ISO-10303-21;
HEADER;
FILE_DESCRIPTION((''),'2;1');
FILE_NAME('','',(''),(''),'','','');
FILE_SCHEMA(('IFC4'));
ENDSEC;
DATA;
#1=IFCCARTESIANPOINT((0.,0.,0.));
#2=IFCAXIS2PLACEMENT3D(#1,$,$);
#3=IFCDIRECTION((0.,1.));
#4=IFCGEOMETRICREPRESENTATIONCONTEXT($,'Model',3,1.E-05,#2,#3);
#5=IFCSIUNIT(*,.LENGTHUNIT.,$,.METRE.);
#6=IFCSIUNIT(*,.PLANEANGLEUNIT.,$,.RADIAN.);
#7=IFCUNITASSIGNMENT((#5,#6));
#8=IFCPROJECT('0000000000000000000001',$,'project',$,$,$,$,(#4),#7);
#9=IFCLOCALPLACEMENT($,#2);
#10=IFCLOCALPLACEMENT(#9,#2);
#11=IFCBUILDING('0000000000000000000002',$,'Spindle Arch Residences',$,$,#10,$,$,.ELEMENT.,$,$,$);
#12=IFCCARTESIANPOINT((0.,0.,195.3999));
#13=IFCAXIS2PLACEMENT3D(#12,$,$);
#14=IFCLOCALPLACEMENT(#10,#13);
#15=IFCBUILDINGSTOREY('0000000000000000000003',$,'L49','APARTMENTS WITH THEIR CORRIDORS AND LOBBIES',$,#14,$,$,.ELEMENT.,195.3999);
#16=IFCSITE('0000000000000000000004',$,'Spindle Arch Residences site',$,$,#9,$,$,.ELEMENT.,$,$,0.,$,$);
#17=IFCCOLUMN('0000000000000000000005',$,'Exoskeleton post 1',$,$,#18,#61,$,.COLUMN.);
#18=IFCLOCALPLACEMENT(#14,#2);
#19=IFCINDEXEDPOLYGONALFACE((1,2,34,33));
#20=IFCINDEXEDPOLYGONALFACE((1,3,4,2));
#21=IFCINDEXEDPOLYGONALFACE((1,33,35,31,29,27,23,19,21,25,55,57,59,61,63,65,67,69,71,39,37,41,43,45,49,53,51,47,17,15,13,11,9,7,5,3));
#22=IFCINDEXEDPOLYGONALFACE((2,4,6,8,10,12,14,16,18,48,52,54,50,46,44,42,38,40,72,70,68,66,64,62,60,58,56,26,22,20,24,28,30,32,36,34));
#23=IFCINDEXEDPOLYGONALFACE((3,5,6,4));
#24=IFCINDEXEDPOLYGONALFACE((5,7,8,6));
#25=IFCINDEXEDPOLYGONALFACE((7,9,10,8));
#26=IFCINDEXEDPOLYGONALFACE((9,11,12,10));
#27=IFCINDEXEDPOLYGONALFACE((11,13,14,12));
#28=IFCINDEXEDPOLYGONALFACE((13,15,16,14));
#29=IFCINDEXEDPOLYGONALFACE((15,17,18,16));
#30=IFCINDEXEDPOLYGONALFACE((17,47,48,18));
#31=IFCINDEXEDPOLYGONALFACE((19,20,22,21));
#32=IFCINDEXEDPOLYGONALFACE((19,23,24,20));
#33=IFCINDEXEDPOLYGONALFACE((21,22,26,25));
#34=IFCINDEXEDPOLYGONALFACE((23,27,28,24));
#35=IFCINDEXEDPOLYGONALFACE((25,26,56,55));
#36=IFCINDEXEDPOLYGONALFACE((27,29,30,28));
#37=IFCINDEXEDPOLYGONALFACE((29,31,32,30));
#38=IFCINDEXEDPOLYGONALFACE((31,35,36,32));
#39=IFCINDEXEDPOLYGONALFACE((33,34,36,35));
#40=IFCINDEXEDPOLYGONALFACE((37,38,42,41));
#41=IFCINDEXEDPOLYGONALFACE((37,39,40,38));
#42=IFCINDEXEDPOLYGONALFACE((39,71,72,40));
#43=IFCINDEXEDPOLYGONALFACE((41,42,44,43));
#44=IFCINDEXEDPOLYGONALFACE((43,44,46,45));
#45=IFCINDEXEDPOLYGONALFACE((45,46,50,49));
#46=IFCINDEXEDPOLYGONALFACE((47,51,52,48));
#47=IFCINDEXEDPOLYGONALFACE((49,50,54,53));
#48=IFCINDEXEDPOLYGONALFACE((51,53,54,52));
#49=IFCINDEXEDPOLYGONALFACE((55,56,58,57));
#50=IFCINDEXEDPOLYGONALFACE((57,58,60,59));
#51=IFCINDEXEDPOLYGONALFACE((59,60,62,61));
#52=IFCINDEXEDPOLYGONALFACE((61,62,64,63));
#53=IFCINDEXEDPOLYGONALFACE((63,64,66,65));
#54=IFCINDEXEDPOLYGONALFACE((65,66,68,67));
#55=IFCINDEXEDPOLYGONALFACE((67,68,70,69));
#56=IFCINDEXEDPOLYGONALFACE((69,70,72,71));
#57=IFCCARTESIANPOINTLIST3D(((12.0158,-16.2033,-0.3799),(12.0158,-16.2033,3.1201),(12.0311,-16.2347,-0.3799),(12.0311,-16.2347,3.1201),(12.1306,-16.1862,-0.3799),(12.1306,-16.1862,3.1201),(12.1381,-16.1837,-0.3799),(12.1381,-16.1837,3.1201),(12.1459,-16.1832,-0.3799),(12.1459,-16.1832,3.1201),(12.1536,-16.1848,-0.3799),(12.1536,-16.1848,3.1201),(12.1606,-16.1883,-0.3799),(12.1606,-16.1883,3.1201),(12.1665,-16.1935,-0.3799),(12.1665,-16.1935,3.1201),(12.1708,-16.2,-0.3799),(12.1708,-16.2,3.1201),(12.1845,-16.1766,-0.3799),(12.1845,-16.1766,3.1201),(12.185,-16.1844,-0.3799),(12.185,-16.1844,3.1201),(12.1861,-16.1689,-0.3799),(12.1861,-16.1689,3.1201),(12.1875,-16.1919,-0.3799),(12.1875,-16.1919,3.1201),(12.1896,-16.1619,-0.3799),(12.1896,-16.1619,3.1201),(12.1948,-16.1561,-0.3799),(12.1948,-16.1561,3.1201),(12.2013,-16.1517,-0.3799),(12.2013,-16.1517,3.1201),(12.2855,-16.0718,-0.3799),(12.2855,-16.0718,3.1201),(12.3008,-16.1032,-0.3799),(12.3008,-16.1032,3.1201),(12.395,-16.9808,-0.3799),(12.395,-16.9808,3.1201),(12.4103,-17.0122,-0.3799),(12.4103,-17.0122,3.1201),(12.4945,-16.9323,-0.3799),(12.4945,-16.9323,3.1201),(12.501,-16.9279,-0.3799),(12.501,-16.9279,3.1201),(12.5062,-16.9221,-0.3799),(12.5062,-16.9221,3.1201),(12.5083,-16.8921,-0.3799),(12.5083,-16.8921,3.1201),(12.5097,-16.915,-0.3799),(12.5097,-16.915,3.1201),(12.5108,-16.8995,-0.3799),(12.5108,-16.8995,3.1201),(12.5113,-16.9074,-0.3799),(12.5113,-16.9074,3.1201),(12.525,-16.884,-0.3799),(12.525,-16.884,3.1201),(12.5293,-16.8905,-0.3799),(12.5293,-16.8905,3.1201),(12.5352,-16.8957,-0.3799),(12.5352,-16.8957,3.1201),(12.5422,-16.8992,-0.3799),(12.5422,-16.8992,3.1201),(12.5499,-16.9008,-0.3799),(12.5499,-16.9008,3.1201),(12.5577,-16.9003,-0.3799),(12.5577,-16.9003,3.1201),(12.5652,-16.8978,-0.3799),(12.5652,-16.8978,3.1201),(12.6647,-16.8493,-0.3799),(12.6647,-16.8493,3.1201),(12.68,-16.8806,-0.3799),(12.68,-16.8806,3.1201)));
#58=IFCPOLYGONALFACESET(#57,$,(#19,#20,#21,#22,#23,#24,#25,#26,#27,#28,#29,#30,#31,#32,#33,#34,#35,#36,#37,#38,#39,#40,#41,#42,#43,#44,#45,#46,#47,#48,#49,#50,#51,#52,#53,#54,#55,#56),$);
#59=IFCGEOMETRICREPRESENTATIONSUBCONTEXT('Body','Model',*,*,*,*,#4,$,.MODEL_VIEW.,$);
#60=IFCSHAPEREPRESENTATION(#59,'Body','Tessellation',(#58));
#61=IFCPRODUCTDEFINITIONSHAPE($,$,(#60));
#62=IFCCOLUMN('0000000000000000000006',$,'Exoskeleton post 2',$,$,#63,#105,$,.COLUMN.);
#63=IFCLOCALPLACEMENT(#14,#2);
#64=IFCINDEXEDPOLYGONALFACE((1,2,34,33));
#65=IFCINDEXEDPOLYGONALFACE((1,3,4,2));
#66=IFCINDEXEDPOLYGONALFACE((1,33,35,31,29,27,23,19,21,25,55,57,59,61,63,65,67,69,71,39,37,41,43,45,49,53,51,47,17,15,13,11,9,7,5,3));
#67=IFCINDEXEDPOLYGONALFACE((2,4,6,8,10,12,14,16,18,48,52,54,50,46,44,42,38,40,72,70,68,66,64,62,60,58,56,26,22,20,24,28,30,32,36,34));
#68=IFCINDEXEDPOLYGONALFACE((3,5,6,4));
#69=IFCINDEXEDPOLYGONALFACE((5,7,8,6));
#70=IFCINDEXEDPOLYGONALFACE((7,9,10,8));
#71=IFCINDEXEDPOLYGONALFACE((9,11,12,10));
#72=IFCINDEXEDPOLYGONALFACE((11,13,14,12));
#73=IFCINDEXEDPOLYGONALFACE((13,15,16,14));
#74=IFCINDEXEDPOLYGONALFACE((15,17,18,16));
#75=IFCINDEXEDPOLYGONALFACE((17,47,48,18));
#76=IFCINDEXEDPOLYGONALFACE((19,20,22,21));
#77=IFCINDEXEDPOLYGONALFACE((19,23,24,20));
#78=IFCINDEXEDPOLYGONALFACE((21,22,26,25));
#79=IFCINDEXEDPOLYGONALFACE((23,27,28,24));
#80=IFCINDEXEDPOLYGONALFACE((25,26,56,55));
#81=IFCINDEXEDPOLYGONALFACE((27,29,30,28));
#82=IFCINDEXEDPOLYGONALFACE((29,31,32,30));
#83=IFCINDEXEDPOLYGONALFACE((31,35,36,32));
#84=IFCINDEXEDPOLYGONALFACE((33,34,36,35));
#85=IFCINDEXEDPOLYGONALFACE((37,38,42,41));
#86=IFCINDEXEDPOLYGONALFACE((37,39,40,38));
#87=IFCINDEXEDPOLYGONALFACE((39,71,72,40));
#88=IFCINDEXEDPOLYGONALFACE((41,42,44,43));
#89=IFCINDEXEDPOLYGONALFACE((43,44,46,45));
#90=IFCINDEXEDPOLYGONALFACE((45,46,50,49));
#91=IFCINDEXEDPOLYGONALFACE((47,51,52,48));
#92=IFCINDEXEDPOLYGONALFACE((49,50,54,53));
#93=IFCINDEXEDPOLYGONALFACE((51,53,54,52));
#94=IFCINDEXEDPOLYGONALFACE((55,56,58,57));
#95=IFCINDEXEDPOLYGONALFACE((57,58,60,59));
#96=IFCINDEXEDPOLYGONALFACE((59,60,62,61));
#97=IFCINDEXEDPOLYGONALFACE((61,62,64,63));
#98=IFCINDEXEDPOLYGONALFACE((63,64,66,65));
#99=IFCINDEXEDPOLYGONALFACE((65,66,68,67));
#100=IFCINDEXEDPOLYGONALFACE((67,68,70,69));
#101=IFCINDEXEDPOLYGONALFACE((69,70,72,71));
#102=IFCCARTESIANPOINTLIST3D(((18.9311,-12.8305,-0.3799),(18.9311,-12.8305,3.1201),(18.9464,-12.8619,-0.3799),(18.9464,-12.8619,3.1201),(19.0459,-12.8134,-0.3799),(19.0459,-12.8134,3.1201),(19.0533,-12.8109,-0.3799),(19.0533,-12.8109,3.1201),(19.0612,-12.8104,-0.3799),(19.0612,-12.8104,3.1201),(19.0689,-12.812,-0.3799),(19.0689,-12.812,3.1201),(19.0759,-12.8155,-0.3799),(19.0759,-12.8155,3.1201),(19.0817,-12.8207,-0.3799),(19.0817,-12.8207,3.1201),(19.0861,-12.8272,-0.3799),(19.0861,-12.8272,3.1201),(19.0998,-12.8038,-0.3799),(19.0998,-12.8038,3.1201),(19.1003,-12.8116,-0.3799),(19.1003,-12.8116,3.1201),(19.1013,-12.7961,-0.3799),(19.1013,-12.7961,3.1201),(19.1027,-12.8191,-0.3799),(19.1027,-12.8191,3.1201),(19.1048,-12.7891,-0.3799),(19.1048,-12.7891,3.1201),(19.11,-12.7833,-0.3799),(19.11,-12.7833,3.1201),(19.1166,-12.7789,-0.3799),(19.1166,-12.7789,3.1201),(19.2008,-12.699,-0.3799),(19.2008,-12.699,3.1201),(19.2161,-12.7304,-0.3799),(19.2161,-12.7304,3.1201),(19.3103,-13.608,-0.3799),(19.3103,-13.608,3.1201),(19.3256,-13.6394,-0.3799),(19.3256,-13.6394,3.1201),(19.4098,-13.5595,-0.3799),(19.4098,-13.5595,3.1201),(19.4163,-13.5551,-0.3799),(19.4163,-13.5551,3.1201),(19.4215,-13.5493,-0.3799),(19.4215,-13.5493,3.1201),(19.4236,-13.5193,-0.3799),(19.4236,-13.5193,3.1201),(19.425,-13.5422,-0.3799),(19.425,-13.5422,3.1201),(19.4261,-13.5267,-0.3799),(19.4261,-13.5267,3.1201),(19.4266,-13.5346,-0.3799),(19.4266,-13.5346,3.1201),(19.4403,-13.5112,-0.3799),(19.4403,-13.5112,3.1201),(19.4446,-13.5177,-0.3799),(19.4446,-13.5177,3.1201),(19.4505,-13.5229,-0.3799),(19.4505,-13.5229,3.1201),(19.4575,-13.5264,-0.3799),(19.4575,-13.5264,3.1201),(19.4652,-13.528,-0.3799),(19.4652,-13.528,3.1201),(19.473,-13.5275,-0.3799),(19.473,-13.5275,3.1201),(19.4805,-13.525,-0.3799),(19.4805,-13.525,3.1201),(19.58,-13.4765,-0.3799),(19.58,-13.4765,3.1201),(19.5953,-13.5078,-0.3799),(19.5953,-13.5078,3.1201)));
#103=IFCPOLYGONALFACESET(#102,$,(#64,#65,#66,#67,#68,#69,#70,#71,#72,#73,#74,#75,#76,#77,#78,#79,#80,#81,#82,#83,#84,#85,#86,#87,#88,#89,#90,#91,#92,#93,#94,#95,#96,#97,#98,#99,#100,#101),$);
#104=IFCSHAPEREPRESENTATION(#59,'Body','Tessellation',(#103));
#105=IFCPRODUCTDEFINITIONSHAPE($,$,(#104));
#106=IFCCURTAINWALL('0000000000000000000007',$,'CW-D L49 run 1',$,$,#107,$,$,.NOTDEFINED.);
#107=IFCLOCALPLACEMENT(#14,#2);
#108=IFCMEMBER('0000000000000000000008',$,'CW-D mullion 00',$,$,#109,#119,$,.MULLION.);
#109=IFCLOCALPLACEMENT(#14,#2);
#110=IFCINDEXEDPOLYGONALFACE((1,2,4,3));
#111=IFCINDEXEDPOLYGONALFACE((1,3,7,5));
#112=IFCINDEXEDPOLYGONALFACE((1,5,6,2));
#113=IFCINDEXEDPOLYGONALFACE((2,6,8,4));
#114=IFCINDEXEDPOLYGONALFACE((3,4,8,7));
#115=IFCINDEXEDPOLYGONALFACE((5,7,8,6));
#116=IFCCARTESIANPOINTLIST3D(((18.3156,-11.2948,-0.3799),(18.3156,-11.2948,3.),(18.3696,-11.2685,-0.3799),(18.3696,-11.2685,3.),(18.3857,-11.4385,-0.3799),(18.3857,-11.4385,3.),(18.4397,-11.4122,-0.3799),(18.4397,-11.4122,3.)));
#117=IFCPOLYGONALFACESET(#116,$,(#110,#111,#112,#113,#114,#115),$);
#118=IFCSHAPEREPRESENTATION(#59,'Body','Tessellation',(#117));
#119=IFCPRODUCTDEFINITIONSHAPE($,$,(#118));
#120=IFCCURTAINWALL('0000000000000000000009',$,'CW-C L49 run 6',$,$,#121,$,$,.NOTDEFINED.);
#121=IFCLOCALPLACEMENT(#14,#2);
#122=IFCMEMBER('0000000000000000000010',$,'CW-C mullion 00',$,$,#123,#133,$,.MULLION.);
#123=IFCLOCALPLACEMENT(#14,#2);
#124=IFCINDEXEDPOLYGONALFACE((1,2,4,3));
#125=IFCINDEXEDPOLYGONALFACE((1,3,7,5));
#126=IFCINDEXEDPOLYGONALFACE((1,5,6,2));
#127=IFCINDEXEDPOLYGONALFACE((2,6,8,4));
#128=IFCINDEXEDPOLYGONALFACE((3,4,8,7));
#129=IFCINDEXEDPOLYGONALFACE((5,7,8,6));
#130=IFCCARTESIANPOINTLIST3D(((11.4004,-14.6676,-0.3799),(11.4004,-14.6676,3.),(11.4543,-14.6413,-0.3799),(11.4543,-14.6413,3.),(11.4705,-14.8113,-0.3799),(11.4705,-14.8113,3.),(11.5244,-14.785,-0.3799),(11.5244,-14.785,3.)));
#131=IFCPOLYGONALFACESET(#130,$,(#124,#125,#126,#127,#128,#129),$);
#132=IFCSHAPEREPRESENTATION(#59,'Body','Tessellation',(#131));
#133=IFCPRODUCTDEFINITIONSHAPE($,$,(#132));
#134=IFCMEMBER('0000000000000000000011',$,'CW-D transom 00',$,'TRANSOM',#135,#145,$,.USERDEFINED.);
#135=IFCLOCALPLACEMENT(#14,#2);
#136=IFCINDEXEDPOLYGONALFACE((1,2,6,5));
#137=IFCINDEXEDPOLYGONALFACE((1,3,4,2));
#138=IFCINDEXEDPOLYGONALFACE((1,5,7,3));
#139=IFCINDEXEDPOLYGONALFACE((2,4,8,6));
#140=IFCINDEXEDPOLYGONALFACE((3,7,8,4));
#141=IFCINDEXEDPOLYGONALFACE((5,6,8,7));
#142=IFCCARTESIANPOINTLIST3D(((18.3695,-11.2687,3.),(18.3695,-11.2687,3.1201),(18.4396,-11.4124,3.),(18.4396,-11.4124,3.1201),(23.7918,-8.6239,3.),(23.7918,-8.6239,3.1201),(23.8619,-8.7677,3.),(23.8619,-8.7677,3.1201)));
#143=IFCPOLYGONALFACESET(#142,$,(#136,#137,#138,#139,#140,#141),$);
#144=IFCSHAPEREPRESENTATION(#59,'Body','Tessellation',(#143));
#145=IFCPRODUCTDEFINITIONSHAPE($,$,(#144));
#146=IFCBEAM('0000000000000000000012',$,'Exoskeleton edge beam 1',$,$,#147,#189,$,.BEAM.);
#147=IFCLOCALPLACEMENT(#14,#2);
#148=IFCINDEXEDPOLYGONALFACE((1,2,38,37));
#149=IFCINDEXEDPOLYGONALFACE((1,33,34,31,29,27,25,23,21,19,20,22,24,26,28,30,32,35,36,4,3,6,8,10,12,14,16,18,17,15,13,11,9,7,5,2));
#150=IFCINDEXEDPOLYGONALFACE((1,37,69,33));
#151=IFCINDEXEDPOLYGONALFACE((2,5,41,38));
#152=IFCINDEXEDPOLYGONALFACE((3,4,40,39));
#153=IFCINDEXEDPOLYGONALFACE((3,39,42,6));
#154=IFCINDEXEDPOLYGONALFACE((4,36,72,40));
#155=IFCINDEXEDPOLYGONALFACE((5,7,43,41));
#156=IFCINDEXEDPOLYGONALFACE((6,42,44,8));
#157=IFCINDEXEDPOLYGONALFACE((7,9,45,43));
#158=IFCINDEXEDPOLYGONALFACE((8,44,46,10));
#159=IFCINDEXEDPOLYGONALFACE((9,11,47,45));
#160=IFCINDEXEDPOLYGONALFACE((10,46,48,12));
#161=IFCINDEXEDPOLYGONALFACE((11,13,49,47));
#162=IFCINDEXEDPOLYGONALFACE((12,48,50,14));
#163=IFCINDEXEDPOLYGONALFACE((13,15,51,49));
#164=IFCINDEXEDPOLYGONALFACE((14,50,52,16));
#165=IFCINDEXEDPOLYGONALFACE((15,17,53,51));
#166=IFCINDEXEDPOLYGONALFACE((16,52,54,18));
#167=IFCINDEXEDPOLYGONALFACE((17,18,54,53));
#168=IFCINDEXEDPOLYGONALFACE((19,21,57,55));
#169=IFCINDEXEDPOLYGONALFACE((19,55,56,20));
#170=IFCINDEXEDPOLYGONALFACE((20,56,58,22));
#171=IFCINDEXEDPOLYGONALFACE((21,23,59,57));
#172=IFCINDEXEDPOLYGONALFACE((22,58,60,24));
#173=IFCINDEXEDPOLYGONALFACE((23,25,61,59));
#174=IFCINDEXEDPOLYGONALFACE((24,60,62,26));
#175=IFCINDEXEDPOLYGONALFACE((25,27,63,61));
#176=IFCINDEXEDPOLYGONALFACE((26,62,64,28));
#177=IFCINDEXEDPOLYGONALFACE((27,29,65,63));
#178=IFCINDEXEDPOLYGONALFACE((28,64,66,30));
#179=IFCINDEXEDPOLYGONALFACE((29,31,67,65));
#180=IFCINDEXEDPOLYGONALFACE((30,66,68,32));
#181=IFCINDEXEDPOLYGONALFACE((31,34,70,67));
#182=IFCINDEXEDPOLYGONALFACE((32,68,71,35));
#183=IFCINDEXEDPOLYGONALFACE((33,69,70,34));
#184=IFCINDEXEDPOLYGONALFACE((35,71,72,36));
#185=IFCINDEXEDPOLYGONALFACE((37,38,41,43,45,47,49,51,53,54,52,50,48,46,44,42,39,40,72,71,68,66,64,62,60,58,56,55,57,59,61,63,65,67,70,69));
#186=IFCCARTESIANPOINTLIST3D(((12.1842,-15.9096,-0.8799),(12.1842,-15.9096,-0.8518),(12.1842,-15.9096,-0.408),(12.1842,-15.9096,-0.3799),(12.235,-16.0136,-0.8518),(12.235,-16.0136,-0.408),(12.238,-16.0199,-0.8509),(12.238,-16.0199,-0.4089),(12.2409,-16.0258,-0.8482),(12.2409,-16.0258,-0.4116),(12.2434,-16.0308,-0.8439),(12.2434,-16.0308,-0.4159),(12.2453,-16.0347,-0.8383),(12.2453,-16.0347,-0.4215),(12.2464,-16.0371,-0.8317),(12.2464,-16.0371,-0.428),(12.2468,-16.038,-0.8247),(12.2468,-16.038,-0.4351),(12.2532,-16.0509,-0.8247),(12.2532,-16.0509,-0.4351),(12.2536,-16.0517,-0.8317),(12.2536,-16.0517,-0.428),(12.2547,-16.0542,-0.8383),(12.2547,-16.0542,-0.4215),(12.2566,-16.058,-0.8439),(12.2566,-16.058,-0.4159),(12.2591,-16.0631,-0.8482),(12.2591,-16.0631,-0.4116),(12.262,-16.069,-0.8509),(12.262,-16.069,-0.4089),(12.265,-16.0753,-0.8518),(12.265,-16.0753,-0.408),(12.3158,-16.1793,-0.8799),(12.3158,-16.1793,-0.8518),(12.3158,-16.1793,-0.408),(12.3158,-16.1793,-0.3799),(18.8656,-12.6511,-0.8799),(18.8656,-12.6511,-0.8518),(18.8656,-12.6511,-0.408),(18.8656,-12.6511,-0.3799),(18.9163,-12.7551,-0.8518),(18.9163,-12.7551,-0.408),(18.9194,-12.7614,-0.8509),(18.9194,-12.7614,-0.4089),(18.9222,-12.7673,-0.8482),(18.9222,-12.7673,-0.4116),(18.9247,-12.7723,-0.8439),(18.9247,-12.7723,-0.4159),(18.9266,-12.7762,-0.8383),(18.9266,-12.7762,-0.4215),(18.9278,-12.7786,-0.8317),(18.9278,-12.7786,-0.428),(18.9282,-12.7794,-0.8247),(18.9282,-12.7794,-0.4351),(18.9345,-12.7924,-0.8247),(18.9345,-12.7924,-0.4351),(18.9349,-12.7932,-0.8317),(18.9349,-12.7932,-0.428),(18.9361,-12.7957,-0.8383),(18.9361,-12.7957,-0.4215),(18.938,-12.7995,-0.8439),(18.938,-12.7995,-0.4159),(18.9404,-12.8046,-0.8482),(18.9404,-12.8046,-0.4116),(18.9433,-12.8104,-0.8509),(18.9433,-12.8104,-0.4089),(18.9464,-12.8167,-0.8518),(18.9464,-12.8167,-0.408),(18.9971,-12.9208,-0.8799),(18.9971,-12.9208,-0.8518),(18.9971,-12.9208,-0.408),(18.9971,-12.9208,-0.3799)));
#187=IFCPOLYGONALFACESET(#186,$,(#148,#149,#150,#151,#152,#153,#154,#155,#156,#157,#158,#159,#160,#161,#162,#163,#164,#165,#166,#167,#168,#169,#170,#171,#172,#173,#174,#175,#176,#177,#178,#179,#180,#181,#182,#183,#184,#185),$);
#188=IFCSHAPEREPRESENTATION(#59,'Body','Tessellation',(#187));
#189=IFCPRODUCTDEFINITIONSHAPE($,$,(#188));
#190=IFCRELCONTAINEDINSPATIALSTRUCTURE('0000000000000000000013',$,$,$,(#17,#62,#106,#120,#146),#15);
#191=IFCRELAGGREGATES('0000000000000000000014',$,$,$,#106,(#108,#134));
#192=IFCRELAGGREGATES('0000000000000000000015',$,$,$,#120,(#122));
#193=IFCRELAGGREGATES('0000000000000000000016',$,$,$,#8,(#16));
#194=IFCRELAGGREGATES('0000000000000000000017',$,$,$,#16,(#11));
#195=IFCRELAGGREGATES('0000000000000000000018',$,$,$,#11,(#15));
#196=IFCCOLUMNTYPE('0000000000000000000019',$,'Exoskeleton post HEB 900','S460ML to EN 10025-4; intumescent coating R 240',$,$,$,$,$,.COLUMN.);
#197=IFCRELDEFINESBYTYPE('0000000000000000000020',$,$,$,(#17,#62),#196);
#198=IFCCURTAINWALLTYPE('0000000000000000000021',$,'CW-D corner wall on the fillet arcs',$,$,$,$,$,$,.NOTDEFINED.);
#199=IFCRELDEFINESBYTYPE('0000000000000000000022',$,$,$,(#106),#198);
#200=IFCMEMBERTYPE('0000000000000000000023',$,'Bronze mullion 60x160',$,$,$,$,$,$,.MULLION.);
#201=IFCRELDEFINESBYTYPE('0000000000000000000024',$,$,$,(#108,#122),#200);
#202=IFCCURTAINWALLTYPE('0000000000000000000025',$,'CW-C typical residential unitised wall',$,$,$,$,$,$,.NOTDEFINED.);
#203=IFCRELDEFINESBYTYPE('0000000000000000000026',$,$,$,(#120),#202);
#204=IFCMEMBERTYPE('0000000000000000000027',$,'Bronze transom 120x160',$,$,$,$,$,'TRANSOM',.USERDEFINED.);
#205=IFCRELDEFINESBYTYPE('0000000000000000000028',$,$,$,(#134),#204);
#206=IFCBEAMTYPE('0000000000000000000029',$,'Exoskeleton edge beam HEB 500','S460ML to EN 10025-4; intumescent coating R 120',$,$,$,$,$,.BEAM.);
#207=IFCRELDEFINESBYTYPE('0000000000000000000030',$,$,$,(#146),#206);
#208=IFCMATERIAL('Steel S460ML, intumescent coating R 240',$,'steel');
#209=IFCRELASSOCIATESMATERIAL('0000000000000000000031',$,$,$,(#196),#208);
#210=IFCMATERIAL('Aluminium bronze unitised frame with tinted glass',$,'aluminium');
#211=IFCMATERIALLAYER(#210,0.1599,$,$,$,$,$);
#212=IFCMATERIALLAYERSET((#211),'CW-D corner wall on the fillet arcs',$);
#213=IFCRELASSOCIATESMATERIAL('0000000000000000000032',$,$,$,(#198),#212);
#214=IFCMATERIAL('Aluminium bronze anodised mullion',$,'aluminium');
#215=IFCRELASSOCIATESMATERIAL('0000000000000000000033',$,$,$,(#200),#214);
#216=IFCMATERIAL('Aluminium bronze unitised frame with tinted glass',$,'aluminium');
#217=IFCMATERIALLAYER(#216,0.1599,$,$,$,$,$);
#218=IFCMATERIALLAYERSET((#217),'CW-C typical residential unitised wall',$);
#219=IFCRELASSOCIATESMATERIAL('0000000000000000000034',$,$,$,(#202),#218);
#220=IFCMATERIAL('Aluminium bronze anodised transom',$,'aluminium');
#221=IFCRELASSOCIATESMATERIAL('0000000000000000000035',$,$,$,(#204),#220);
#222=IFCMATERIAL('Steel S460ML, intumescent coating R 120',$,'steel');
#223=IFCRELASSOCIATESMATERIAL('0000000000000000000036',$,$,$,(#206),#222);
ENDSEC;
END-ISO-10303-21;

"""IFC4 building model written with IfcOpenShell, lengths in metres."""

from ifc_helpers import new_model, si_unit, direction, frame, origin, origin_2d, place, context, subcontext, project, spatial, rectangle, i_section, extrude, material, layer, layer_set, material_profile, profile_set, type_object, element, aggregate, save


model = new_model("IFC4")

# Units and contexts
model_context = context("Model", 3, precision=1e-05, world=origin(), true_north=direction((0.0, 1.0)))
body_context = subcontext(model_context, "Body", "Model", "MODEL_VIEW")
ifc_project = project(units=[si_unit("LENGTHUNIT", "METRE"), si_unit("PLANEANGLEUNIT", "RADIAN")], contexts=[model_context])

# Site, building, storey
site_placement = place(None, origin())
site = spatial("IfcSite", under=ifc_project, at=site_placement, Name="Spindle Arch Residences site", CompositionType="ELEMENT", RefElevation=0.0)
building_placement = place(site_placement, origin())
building = spatial("IfcBuilding", under=site, at=building_placement, Name="Spindle Arch Residences", CompositionType="ELEMENT")
storey_placement = place(building_placement, frame((0.0, 0.0, 195.3999)))
storey = spatial("IfcBuildingStorey", under=building, at=storey_placement, Name="L49", Description="APARTMENTS WITH THEIR CORRIDORS AND LOBBIES", CompositionType="ELEMENT", Elevation=195.3999)

# Columns
ifc_material_1 = material(Name="Steel S460ML, intumescent coating R 240", Category="steel")
ifc_material_profile_1 = material_profile(ifc_material_1, i_section(OverallWidth=0.3, OverallDepth=0.8999, WebThickness=0.0186, FlangeThickness=0.0349, FilletRadius=0.03, at=origin_2d()), Name="HEB 900")
ifc_profile_set_1 = profile_set([ifc_material_profile_1], Name="Steel S460ML, intumescent coating R 240")
column_type = type_object("IfcColumnType", Name="Exoskeleton post HEB 900", Description="S460ML to EN 10025-4; intumescent coating R 240", PredefinedType="COLUMN", material=ifc_profile_set_1)
for number, where, z_axis, x_axis, name in (
    (1, (12.3479, -16.542, -0.3799), (0.0, 0.0, 1.0), (-0.898794, -0.438371, 0.0), "Exoskeleton post 1"),
    (2, (19.2632, -13.1692, -0.3799), (0.0, 0.0, 1.0), (-0.898794, -0.438371, 0.0), "Exoskeleton post 2"),
):
    element("IfcColumn", number, at=place(storey_placement, frame(where, z_axis=z_axis, x_axis=x_axis)), inside=storey, type_object=column_type, Name=name, PredefinedType="COLUMN", context=body_context, shape_type="SweptSolid", body=[
        extrude(i_section(OverallWidth=0.3, OverallDepth=0.8999, WebThickness=0.0186, FlangeThickness=0.0349, FilletRadius=0.03, at=origin_2d()), origin(), (0.0, 0.0, 1.0), 3.5),
    ])

# Curtain walls, members
ifc_material_2 = material(Name="Aluminium bronze unitised frame with tinted glass", Category="aluminium")
ifc_layer_1 = layer(ifc_material_2, 0.1599)
ifc_layer_set_1 = layer_set([ifc_layer_1], Name="CW-D corner wall on the fillet arcs")
curtain_wall_type_1 = type_object("IfcCurtainWallType", Name="CW-D corner wall on the fillet arcs", PredefinedType="NOTDEFINED", material=ifc_layer_set_1)
curtain_wall_1_placement = place(storey_placement, origin())
curtain_wall_1 = element("IfcCurtainWall", 3, at=curtain_wall_1_placement, inside=storey, type_object=curtain_wall_type_1, Name="CW-D L49 run 1", PredefinedType="NOTDEFINED")
ifc_material_3 = material(Name="Aluminium bronze anodised mullion", Category="aluminium")
ifc_material_profile_2 = material_profile(ifc_material_3, rectangle(XDim=0.1599, YDim=0.0601, at=origin_2d()), Name="MU 60x160")
ifc_profile_set_2 = profile_set([ifc_material_profile_2], Name="Aluminium bronze anodised mullion")
member_type_1 = type_object("IfcMemberType", Name="Bronze mullion 60x160", PredefinedType="MULLION", material=ifc_profile_set_2)
member_1_placement = place(storey_placement, frame((18.3777, -11.3535, -0.3799), z_axis=(0.0, 0.0, 1.0), x_axis=(-0.438371, 0.898794, 0.0)))
member_1 = element("IfcMember", 4, at=member_1_placement, type_object=member_type_1, Name="CW-D mullion 00", PredefinedType="MULLION", context=body_context, shape_type="SweptSolid", body=[
    extrude(rectangle(XDim=0.1599, YDim=0.0601, at=origin_2d()), origin(), (0.0, 0.0, 1.0), 3.3799),
])
ifc_material_4 = material(Name="Aluminium bronze unitised frame with tinted glass", Category="aluminium")
ifc_layer_2 = layer(ifc_material_4, 0.1599)
ifc_layer_set_2 = layer_set([ifc_layer_2], Name="CW-C typical residential unitised wall")
curtain_wall_type_2 = type_object("IfcCurtainWallType", Name="CW-C typical residential unitised wall", PredefinedType="NOTDEFINED", material=ifc_layer_set_2)
curtain_wall_2_placement = place(storey_placement, origin())
curtain_wall_2 = element("IfcCurtainWall", 5, at=curtain_wall_2_placement, inside=storey, type_object=curtain_wall_type_2, Name="CW-C L49 run 6", PredefinedType="NOTDEFINED")
member_2_placement = place(storey_placement, frame((11.4624, -14.7263, -0.3799), z_axis=(0.0, 0.0, 1.0), x_axis=(-0.438371, 0.898794, 0.0)))
member_2 = element("IfcMember", 6, at=member_2_placement, type_object=member_type_1, Name="CW-C mullion 00", PredefinedType="MULLION", context=body_context, shape_type="SweptSolid", body=[
    extrude(rectangle(XDim=0.1599, YDim=0.0601, at=origin_2d()), origin(), (0.0, 0.0, 1.0), 3.3799),
])

# Member
ifc_material_5 = material(Name="Aluminium bronze anodised transom", Category="aluminium")
ifc_material_profile_3 = material_profile(ifc_material_5, rectangle(XDim=0.1599, YDim=0.1201, at=origin_2d()), Name="TR 120x160")
ifc_profile_set_3 = profile_set([ifc_material_profile_3], Name="Aluminium bronze anodised transom")
member_type_2 = type_object("IfcMemberType", Name="Bronze transom 120x160", ElementType="TRANSOM", PredefinedType="USERDEFINED", material=ifc_profile_set_3)
member_3_placement = place(storey_placement, frame((18.4045, -11.3406, 3.0601), z_axis=(0.898787, 0.438386, 0.0), x_axis=(-0.438386, 0.898787, 0.0)))
member_3 = element("IfcMember", 7, at=member_3_placement, type_object=member_type_2, Name="CW-D transom 00", ObjectType="TRANSOM", PredefinedType="USERDEFINED", context=body_context, shape_type="SweptSolid", body=[
    extrude(rectangle(XDim=0.1599, YDim=0.1201, at=origin_2d()), origin(), (0.0, 0.0, 1.0), 6.033),
])
aggregate(curtain_wall_1, [member_1, member_3])

# Beam
ifc_material_6 = material(Name="Steel S460ML, intumescent coating R 120", Category="steel")
ifc_material_profile_4 = material_profile(ifc_material_6, i_section(OverallWidth=0.3, OverallDepth=0.5, WebThickness=0.0144, FlangeThickness=0.0281, FilletRadius=0.0271, at=origin_2d()), Name="HEB 500")
ifc_profile_set_4 = profile_set([ifc_material_profile_4], Name="Steel S460ML, intumescent coating R 120")
beam_type_1 = type_object("IfcBeamType", Name="Exoskeleton edge beam HEB 500", Description="S460ML to EN 10025-4; intumescent coating R 120", PredefinedType="BEAM", material=ifc_profile_set_4)
beam_1_placement = place(storey_placement, frame((12.25, -16.0444, -0.6299), z_axis=(0.898804, 0.438351, 0.0), x_axis=(-0.438351, 0.898804, 0.0)))
element("IfcBeam", 8, at=beam_1_placement, inside=storey, type_object=beam_type_1, Name="Exoskeleton edge beam 1", PredefinedType="BEAM", context=body_context, shape_type="SweptSolid", body=[
    extrude(i_section(OverallWidth=0.3, OverallDepth=0.5, WebThickness=0.0144, FlangeThickness=0.0281, FilletRadius=0.0271, at=origin_2d()), origin(), (0.0, 0.0, 1.0), 7.4336),
])

aggregate(curtain_wall_2, [member_2])

save(model, "model.ifc")
